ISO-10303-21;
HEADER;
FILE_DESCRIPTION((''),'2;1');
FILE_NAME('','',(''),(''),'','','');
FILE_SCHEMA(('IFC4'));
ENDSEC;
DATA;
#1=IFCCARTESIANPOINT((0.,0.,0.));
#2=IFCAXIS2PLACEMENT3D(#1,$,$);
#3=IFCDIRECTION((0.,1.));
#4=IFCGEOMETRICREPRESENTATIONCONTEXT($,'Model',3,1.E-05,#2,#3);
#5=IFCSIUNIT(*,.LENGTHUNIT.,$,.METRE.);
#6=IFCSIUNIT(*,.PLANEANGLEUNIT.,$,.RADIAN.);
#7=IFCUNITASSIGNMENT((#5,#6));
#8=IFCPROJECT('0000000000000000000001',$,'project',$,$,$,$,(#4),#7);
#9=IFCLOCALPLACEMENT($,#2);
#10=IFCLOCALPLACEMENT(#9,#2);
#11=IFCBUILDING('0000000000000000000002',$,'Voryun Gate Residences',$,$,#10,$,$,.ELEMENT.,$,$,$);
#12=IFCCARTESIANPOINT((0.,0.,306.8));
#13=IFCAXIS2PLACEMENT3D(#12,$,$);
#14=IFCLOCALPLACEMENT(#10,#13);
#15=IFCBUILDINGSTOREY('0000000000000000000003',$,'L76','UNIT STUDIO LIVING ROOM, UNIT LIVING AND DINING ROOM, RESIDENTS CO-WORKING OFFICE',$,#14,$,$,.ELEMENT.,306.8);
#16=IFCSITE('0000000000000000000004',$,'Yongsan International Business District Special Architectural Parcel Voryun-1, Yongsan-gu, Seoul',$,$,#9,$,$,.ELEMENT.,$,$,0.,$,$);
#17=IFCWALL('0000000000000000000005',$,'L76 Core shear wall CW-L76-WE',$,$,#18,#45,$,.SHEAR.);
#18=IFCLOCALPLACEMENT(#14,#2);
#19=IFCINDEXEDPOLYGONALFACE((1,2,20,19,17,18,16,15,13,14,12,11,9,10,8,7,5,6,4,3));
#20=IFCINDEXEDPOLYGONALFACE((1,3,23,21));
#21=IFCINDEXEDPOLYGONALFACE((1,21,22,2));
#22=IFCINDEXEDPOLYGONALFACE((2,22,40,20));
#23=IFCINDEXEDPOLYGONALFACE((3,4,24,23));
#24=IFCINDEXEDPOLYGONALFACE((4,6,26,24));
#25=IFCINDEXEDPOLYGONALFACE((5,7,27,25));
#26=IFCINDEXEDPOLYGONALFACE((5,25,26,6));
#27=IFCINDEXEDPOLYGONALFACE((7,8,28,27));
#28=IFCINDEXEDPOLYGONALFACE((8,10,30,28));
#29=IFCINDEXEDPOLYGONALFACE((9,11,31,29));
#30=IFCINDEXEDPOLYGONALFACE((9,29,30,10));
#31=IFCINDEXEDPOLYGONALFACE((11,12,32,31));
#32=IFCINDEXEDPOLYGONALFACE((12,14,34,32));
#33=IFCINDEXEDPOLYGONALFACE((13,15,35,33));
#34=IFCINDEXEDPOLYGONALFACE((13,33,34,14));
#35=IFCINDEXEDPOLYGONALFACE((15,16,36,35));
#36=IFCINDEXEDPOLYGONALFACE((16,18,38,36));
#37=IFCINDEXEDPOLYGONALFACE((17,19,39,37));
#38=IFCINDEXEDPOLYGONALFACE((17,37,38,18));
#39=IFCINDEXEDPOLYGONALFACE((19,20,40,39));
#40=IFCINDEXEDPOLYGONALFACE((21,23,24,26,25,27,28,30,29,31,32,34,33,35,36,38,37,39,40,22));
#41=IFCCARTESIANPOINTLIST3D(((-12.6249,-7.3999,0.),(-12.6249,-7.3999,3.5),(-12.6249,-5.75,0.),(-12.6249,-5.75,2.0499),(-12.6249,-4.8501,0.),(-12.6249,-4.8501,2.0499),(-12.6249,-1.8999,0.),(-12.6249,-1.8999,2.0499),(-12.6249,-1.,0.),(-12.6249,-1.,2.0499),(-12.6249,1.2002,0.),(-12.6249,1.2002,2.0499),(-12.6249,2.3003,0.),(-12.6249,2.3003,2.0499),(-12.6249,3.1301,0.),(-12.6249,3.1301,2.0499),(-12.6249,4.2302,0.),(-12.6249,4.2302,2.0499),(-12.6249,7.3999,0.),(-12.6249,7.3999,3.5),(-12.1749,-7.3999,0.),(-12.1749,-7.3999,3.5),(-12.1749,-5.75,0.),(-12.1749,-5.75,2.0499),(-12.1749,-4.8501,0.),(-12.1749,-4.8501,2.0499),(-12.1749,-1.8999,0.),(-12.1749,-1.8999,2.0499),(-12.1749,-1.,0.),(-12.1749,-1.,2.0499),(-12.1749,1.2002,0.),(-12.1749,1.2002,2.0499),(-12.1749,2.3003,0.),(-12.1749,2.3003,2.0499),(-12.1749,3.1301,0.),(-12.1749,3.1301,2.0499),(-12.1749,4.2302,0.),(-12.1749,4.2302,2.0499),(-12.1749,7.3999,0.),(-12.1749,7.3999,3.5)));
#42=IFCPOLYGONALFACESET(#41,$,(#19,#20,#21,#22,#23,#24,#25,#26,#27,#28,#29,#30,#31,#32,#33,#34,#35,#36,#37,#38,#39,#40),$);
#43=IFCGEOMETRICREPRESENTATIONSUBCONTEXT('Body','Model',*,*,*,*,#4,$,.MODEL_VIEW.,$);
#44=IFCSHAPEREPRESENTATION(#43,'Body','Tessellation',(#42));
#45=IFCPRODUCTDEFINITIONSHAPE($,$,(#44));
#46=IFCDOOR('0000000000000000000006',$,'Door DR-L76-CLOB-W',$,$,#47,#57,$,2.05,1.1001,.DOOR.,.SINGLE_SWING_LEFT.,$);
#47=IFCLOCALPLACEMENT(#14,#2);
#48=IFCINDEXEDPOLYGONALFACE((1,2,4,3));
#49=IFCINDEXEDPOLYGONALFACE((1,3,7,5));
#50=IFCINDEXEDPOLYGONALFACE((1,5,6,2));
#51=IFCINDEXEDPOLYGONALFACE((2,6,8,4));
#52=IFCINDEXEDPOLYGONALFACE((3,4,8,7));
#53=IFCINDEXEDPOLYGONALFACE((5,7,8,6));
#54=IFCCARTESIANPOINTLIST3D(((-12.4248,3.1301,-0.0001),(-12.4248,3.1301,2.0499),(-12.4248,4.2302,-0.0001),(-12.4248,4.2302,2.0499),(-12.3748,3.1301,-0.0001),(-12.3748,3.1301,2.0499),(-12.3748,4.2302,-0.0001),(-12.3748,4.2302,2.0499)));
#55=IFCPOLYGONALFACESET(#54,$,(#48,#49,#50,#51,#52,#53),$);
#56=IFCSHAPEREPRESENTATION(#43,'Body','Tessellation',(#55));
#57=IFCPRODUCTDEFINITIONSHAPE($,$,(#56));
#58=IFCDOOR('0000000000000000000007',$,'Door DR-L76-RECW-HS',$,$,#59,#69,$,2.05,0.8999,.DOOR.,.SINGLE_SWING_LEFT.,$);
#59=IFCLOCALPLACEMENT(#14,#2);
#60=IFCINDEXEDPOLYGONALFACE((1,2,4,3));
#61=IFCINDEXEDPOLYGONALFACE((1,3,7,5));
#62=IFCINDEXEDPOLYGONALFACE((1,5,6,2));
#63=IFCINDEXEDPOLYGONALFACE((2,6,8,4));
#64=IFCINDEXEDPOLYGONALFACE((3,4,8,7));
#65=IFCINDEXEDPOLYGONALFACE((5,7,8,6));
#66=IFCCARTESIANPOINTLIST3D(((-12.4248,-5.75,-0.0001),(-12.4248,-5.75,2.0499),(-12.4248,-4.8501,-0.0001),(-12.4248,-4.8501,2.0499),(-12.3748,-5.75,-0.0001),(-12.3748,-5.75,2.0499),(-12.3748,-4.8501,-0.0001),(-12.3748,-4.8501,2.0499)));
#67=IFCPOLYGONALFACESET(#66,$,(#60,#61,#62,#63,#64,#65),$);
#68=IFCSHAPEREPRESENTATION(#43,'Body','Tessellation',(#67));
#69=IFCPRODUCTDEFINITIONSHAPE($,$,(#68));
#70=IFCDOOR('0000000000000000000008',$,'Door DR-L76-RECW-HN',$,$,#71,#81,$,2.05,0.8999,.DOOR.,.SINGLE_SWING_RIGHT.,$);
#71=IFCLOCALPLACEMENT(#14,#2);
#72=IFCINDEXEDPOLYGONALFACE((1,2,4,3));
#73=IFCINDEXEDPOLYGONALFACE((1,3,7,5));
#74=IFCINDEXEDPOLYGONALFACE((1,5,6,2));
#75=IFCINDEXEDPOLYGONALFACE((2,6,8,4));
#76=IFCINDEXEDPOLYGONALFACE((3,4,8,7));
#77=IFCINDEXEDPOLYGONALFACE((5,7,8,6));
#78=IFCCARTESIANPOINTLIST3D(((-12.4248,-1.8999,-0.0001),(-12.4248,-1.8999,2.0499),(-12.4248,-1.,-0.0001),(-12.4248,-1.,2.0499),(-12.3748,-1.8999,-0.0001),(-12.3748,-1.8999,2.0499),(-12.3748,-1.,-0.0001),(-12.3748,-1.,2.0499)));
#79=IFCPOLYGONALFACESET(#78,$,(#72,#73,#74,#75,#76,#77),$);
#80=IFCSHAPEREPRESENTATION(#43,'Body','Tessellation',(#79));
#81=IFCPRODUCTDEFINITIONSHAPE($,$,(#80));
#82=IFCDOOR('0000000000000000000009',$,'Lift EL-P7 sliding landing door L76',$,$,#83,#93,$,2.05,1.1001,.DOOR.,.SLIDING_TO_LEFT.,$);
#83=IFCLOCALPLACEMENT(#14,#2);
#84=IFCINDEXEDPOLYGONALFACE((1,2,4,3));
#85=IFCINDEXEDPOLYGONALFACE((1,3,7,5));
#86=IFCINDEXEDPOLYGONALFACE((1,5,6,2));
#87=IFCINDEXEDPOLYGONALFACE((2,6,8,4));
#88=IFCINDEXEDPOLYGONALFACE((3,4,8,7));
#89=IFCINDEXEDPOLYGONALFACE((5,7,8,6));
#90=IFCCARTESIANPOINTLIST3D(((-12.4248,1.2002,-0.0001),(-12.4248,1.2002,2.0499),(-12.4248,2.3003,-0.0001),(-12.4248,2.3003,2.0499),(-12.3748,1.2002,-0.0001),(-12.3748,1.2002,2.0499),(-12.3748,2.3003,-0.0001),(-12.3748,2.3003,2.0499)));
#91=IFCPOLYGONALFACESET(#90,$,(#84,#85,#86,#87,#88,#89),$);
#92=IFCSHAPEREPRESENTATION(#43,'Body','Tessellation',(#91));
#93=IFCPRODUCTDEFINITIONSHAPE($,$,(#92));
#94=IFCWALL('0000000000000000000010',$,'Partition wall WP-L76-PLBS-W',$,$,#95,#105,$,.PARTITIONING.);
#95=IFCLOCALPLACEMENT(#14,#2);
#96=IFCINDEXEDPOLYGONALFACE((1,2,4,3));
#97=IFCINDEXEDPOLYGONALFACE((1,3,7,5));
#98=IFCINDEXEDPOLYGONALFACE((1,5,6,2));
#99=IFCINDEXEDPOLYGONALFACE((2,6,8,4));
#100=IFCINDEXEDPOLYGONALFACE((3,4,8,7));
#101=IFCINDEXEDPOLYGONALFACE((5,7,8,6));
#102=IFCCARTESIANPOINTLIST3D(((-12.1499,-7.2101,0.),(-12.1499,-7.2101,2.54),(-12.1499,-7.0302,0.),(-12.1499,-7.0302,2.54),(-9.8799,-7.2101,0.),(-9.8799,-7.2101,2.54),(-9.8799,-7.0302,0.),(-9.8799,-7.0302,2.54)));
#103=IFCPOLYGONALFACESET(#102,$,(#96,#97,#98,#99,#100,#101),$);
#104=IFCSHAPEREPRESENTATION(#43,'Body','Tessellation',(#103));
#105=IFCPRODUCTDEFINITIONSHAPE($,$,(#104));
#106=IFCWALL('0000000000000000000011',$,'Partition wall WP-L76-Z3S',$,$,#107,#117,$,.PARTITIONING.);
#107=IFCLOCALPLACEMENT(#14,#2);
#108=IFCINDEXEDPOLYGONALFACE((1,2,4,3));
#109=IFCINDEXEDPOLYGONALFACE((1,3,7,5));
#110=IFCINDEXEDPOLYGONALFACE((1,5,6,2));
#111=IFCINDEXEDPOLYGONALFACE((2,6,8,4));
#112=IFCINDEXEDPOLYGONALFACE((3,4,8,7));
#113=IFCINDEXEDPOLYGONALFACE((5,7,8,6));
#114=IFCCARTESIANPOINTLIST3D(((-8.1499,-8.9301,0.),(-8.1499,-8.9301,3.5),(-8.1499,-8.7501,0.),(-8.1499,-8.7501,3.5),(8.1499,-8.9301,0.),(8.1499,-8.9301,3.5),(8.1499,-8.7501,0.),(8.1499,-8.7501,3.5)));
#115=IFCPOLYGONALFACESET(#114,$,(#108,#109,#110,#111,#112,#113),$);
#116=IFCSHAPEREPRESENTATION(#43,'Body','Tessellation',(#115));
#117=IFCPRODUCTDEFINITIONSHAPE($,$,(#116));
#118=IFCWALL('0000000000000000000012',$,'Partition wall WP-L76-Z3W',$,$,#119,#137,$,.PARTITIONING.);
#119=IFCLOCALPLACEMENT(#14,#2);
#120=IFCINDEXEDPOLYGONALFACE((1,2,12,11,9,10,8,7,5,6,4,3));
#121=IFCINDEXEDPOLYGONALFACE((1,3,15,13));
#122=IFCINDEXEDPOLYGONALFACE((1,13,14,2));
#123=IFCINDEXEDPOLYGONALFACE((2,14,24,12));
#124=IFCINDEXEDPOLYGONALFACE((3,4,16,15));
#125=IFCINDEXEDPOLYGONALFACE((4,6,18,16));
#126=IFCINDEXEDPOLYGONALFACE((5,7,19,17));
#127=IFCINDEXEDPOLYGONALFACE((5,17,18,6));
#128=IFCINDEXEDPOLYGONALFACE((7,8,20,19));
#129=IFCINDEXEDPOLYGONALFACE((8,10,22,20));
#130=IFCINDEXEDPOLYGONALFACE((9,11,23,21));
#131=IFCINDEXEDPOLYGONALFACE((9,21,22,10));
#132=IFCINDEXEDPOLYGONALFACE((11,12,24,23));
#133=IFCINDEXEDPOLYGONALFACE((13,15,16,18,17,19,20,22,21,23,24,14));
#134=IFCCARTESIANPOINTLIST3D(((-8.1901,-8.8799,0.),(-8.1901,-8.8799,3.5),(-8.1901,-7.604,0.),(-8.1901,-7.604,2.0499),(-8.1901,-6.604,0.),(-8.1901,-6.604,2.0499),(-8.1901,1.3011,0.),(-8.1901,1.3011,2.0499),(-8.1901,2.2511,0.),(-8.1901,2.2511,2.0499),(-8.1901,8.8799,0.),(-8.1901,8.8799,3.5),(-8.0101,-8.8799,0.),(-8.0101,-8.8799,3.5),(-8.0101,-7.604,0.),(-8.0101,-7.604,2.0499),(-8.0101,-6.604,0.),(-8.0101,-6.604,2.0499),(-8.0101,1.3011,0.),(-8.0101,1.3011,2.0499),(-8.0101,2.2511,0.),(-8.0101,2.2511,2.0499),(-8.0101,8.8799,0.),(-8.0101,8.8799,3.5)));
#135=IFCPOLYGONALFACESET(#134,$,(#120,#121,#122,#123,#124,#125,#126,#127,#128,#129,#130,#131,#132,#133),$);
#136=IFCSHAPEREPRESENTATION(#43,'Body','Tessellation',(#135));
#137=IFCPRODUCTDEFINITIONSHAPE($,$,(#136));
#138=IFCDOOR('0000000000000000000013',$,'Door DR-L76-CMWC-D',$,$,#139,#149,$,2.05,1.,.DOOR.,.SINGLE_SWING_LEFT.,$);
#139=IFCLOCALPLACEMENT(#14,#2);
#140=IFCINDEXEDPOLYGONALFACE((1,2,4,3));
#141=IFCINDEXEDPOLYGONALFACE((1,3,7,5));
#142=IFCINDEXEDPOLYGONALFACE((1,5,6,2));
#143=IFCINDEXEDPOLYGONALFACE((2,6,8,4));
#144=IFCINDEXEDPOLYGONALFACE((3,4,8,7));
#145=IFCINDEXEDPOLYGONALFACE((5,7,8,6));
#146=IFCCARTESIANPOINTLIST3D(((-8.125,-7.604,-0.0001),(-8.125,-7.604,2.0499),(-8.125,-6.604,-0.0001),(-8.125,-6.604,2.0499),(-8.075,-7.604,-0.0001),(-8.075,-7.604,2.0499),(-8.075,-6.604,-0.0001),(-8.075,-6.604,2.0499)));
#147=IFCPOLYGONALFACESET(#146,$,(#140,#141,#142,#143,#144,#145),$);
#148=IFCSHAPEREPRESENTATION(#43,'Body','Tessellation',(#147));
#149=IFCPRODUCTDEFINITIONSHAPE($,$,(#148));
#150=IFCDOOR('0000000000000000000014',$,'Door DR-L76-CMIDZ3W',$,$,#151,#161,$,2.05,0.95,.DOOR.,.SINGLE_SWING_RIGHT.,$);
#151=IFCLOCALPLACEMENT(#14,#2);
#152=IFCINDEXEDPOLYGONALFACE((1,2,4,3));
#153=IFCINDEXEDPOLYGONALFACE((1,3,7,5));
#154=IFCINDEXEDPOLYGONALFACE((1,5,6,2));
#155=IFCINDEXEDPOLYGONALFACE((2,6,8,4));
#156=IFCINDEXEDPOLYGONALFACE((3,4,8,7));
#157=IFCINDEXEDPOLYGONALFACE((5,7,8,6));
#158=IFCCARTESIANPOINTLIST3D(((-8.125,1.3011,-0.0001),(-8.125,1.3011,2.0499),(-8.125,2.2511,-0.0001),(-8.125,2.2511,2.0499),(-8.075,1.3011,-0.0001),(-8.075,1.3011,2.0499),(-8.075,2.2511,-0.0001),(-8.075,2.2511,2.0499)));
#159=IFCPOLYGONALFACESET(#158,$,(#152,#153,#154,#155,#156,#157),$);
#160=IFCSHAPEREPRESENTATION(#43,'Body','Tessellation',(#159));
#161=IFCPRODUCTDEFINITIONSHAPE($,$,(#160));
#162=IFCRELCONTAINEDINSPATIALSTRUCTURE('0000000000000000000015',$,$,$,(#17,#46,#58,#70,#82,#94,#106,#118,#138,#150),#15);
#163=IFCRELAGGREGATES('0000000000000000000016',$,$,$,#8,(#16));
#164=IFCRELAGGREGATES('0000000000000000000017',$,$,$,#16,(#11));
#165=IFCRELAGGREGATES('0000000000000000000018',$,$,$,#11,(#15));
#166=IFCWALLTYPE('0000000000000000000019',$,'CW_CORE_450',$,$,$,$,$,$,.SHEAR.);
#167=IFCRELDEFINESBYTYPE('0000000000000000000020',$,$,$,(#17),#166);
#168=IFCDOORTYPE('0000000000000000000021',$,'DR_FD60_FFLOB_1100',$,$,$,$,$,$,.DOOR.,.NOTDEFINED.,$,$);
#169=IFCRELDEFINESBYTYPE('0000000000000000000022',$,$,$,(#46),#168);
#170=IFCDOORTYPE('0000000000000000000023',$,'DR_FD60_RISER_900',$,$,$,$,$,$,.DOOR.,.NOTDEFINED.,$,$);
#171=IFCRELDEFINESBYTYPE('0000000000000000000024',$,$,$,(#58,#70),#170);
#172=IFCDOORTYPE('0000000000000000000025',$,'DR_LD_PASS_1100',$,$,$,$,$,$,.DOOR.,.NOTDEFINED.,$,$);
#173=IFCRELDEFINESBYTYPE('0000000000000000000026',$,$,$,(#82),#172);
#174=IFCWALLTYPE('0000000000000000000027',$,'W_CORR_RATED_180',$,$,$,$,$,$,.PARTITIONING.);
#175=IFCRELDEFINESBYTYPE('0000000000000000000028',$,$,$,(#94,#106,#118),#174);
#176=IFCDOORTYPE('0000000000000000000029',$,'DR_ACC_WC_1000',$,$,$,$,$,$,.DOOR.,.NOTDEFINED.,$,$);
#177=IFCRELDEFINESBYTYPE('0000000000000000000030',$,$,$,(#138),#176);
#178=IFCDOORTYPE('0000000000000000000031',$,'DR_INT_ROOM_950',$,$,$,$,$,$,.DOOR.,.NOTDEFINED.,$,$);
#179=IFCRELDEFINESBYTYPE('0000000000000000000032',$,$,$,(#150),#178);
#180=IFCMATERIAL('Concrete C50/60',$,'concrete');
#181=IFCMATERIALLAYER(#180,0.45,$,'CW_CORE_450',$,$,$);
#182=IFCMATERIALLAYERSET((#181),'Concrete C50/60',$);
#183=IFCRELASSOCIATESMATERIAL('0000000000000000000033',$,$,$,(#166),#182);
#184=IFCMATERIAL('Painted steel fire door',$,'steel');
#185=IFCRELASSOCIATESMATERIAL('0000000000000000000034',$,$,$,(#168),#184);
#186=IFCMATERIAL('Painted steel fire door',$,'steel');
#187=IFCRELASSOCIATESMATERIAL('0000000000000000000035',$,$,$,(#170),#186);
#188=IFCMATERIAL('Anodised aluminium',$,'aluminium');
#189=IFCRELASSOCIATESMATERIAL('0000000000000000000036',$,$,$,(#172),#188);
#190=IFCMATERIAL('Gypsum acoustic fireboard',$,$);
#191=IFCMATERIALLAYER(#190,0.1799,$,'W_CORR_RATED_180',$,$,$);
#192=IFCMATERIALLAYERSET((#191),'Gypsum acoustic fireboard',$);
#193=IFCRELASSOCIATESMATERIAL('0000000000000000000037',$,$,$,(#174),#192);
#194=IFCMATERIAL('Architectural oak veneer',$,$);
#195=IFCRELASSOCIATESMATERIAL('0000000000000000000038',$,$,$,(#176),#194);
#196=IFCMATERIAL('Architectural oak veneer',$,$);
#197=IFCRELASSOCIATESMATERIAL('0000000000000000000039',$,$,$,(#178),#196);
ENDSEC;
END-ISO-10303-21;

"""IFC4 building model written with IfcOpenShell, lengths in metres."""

from ifc_helpers import new_model, si_unit, direction, frame, frame_2d, origin, place, context, subcontext, project, spatial, rectangle, extrude, material, layer, layer_set, type_object, element, fill, save


model = new_model("IFC4")

# Units and contexts
model_context = context("Model", 3, precision=1e-05, world=origin(), true_north=direction((0.0, 1.0)))
body_context = subcontext(model_context, "Body", "Model", "MODEL_VIEW")
ifc_project = project(units=[si_unit("LENGTHUNIT", "METRE"), si_unit("PLANEANGLEUNIT", "RADIAN")], contexts=[model_context])

# Site, building, storey
site_placement = place(None, origin())
site = spatial("IfcSite", under=ifc_project, at=site_placement, Name="Yongsan International Business District Special Architectural Parcel Voryun-1, Yongsan-gu, Seoul", CompositionType="ELEMENT", RefElevation=0.0)
building_placement = place(site_placement, origin())
building = spatial("IfcBuilding", under=site, at=building_placement, Name="Voryun Gate Residences", CompositionType="ELEMENT")
storey_placement = place(building_placement, frame((0.0, 0.0, 306.8)))
storey = spatial("IfcBuildingStorey", under=building, at=storey_placement, Name="L76", Description="UNIT STUDIO LIVING ROOM, UNIT LIVING AND DINING ROOM, RESIDENTS CO-WORKING OFFICE", CompositionType="ELEMENT", Elevation=306.8)

# Wall, openings, doors
ifc_material_1 = material(Name="Concrete C50/60", Category="concrete")
ifc_layer_1 = layer(ifc_material_1, 0.45, Name="CW_CORE_450")
ifc_layer_set_1 = layer_set([ifc_layer_1], Name="Concrete C50/60")
wall_type_1 = type_object("IfcWallType", Name="CW_CORE_450", PredefinedType="SHEAR", material=ifc_layer_set_1)
wall_1_placement = place(storey_placement, frame((-12.3999, -7.3999, 0.0), z_axis=(0.0, 0.0, 1.0), x_axis=(0.0, 1.0, 0.0)))
wall_1 = element("IfcWall", 1, at=wall_1_placement, inside=storey, type_object=wall_type_1, Name="L76 Core shear wall CW-L76-WE", PredefinedType="SHEAR", context=body_context, shape_type="SweptSolid", body=[
    extrude(rectangle(XDim=14.7998, YDim=0.45, at=frame_2d((7.3999, 0.0))), origin(), (0.0, 0.0, 1.0), 3.5),
])
opening_1_placement = place(wall_1_placement, frame((8.6001, 0.0, 0.0)))
opening_1 = element("IfcOpeningElement", 2, at=opening_1_placement, cuts=wall_1, PredefinedType="OPENING", context=body_context, shape_type="SweptSolid", body=[
    extrude(rectangle(XDim=1.1001, YDim=2.05, at=frame_2d((0.55, 1.0249))), frame((0.0, 0.2351, 0.0), z_axis=(0.0, -1.0, 0.0), x_axis=(1.0, 0.0, 0.0)), (0.0, 0.0, 1.0), 0.47),
])
opening_2_placement = place(wall_1_placement, frame((10.53, 0.0, 0.0)))
opening_2 = element("IfcOpeningElement", 3, at=opening_2_placement, cuts=wall_1, PredefinedType="OPENING", context=body_context, shape_type="SweptSolid", body=[
    extrude(rectangle(XDim=1.1001, YDim=2.05, at=frame_2d((0.55, 1.0249))), frame((0.0, 0.2351, 0.0), z_axis=(0.0, -1.0, 0.0), x_axis=(1.0, 0.0, 0.0)), (0.0, 0.0, 1.0), 0.47),
])
opening_3_placement = place(wall_1_placement, frame((1.6499, 0.0, 0.0)))
opening_3 = element("IfcOpeningElement", 4, at=opening_3_placement, cuts=wall_1, PredefinedType="OPENING", context=body_context, shape_type="SweptSolid", body=[
    extrude(rectangle(XDim=0.8999, YDim=2.05, at=frame_2d((0.45, 1.0249))), frame((0.0, 0.2351, 0.0), z_axis=(0.0, -1.0, 0.0), x_axis=(1.0, 0.0, 0.0)), (0.0, 0.0, 1.0), 0.47),
])
opening_4_placement = place(wall_1_placement, frame((5.5, 0.0, 0.0)))
opening_4 = element("IfcOpeningElement", 5, at=opening_4_placement, cuts=wall_1, PredefinedType="OPENING", context=body_context, shape_type="SweptSolid", body=[
    extrude(rectangle(XDim=0.8999, YDim=2.05, at=frame_2d((0.45, 1.0249))), frame((0.0, 0.2351, 0.0), z_axis=(0.0, -1.0, 0.0), x_axis=(1.0, 0.0, 0.0)), (0.0, 0.0, 1.0), 0.47),
])
ifc_material_2 = material(Name="Painted steel fire door", Category="steel")
door_type_1 = type_object("IfcDoorType", Name="DR_FD60_FFLOB_1100", OperationType="NOTDEFINED", PredefinedType="DOOR", material=ifc_material_2)
door_1_placement = place(opening_2_placement, origin())
door_1 = element("IfcDoor", 6, at=door_1_placement, inside=storey, type_object=door_type_1, Name="Door DR-L76-CLOB-W", OperationType="SINGLE_SWING_LEFT", OverallHeight=2.05, OverallWidth=1.1001, PredefinedType="DOOR", context=body_context, shape_type="SweptSolid", body=[
    extrude(rectangle(XDim=1.1001, YDim=2.05, at=frame_2d((0.55, 1.0249))), frame((0.0, 0.0249, 0.0), z_axis=(0.0, -1.0, 0.0), x_axis=(1.0, 0.0, 0.0)), (0.0, 0.0, 1.0), 0.05),
])
fill(opening_2, door_1)
ifc_material_3 = material(Name="Painted steel fire door", Category="steel")
door_type_2 = type_object("IfcDoorType", Name="DR_FD60_RISER_900", OperationType="NOTDEFINED", PredefinedType="DOOR", material=ifc_material_3)
door_2_placement = place(opening_3_placement, origin())
door_2 = element("IfcDoor", 7, at=door_2_placement, inside=storey, type_object=door_type_2, Name="Door DR-L76-RECW-HS", OperationType="SINGLE_SWING_LEFT", OverallHeight=2.05, OverallWidth=0.8999, PredefinedType="DOOR", context=body_context, shape_type="SweptSolid", body=[
    extrude(rectangle(XDim=0.8999, YDim=2.05, at=frame_2d((0.45, 1.0249))), frame((0.0, 0.0249, 0.0), z_axis=(0.0, -1.0, 0.0), x_axis=(1.0, 0.0, 0.0)), (0.0, 0.0, 1.0), 0.05),
])
fill(opening_3, door_2)
door_3_placement = place(opening_4_placement, origin())
door_3 = element("IfcDoor", 8, at=door_3_placement, inside=storey, type_object=door_type_2, Name="Door DR-L76-RECW-HN", OperationType="SINGLE_SWING_RIGHT", OverallHeight=2.05, OverallWidth=0.8999, PredefinedType="DOOR", context=body_context, shape_type="SweptSolid", body=[
    extrude(rectangle(XDim=0.8999, YDim=2.05, at=frame_2d((0.45, 1.0249))), frame((0.0, 0.0249, 0.0), z_axis=(0.0, -1.0, 0.0), x_axis=(1.0, 0.0, 0.0)), (0.0, 0.0, 1.0), 0.05),
])
fill(opening_4, door_3)
ifc_material_4 = material(Name="Anodised aluminium", Category="aluminium")
door_type_3 = type_object("IfcDoorType", Name="DR_LD_PASS_1100", OperationType="NOTDEFINED", PredefinedType="DOOR", material=ifc_material_4)
door_4_placement = place(opening_1_placement, origin())
door_4 = element("IfcDoor", 9, at=door_4_placement, inside=storey, type_object=door_type_3, Name="Lift EL-P7 sliding landing door L76", OperationType="SLIDING_TO_LEFT", OverallHeight=2.05, OverallWidth=1.1001, PredefinedType="DOOR", context=body_context, shape_type="SweptSolid", body=[
    extrude(rectangle(XDim=1.1001, YDim=2.05, at=frame_2d((0.55, 1.0249))), frame((0.0, 0.0249, 0.0), z_axis=(0.0, -1.0, 0.0), x_axis=(1.0, 0.0, 0.0)), (0.0, 0.0, 1.0), 0.05),
])
fill(opening_1, door_4)

# Walls
ifc_material_5 = material(Name="Gypsum acoustic fireboard")
ifc_layer_2 = layer(ifc_material_5, 0.1799, Name="W_CORR_RATED_180")
ifc_layer_set_2 = layer_set([ifc_layer_2], Name="Gypsum acoustic fireboard")
wall_type_2 = type_object("IfcWallType", Name="W_CORR_RATED_180", PredefinedType="PARTITIONING", material=ifc_layer_set_2)
wall_2_placement = place(storey_placement, frame((-12.1499, -7.1201, 0.0), z_axis=(0.0, 0.0, 1.0), x_axis=(1.0, 0.0, 0.0)))
element("IfcWall", 10, at=wall_2_placement, inside=storey, type_object=wall_type_2, Name="Partition wall WP-L76-PLBS-W", PredefinedType="PARTITIONING", context=body_context, shape_type="SweptSolid", body=[
    extrude(rectangle(XDim=2.27, YDim=0.1799, at=frame_2d((1.135, 0.0))), origin(), (0.0, 0.0, 1.0), 2.54),
])
wall_3_placement = place(storey_placement, frame((-8.1499, -8.8401, 0.0), z_axis=(0.0, 0.0, 1.0), x_axis=(1.0, 0.0, 0.0)))
element("IfcWall", 11, at=wall_3_placement, inside=storey, type_object=wall_type_2, Name="Partition wall WP-L76-Z3S", PredefinedType="PARTITIONING", context=body_context, shape_type="SweptSolid", body=[
    extrude(rectangle(XDim=16.2998, YDim=0.1799, at=frame_2d((8.1499, 0.0))), origin(), (0.0, 0.0, 1.0), 3.5),
])

# Wall, openings, doors
wall_4_placement = place(storey_placement, frame((-8.1001, -8.8799, 0.0), z_axis=(0.0, 0.0, 1.0), x_axis=(0.0, 1.0, 0.0)))
wall_4 = element("IfcWall", 12, at=wall_4_placement, inside=storey, type_object=wall_type_2, Name="Partition wall WP-L76-Z3W", PredefinedType="PARTITIONING", context=body_context, shape_type="SweptSolid", body=[
    extrude(rectangle(XDim=17.7598, YDim=0.1799, at=frame_2d((8.8799, 0.0))), origin(), (0.0, 0.0, 1.0), 3.5),
])
opening_5_placement = place(wall_4_placement, frame((1.2759, 0.0, 0.0)))
opening_5 = element("IfcOpeningElement", 13, at=opening_5_placement, cuts=wall_4, PredefinedType="OPENING", context=body_context, shape_type="SweptSolid", body=[
    extrude(rectangle(XDim=1.0, YDim=2.05, at=frame_2d((0.5, 1.0249))), frame((0.0, 0.0999, 0.0), z_axis=(0.0, -1.0, 0.0), x_axis=(1.0, 0.0, 0.0)), (0.0, 0.0, 1.0), 0.2),
])
opening_6_placement = place(wall_4_placement, frame((10.1809, 0.0, 0.0)))
opening_6 = element("IfcOpeningElement", 14, at=opening_6_placement, cuts=wall_4, PredefinedType="OPENING", context=body_context, shape_type="SweptSolid", body=[
    extrude(rectangle(XDim=0.95, YDim=2.05, at=frame_2d((0.4751, 1.0249))), frame((0.0, 0.0999, 0.0), z_axis=(0.0, -1.0, 0.0), x_axis=(1.0, 0.0, 0.0)), (0.0, 0.0, 1.0), 0.2),
])
ifc_material_6 = material(Name="Architectural oak veneer")
door_type_4 = type_object("IfcDoorType", Name="DR_ACC_WC_1000", OperationType="NOTDEFINED", PredefinedType="DOOR", material=ifc_material_6)
door_5_placement = place(opening_5_placement, origin())
door_5 = element("IfcDoor", 15, at=door_5_placement, inside=storey, type_object=door_type_4, Name="Door DR-L76-CMWC-D", OperationType="SINGLE_SWING_LEFT", OverallHeight=2.05, OverallWidth=1.0, PredefinedType="DOOR", context=body_context, shape_type="SweptSolid", body=[
    extrude(rectangle(XDim=1.0, YDim=2.05, at=frame_2d((0.5, 1.0249))), frame((0.0, 0.0249, 0.0), z_axis=(0.0, -1.0, 0.0), x_axis=(1.0, 0.0, 0.0)), (0.0, 0.0, 1.0), 0.05),
])
fill(opening_5, door_5)
ifc_material_7 = material(Name="Architectural oak veneer")
door_type_5 = type_object("IfcDoorType", Name="DR_INT_ROOM_950", OperationType="NOTDEFINED", PredefinedType="DOOR", material=ifc_material_7)
door_6_placement = place(opening_6_placement, origin())
door_6 = element("IfcDoor", 16, at=door_6_placement, inside=storey, type_object=door_type_5, Name="Door DR-L76-CMIDZ3W", OperationType="SINGLE_SWING_RIGHT", OverallHeight=2.05, OverallWidth=0.95, PredefinedType="DOOR", context=body_context, shape_type="SweptSolid", body=[
    extrude(rectangle(XDim=0.95, YDim=2.05, at=frame_2d((0.4751, 1.0249))), frame((0.0, 0.0249, 0.0), z_axis=(0.0, -1.0, 0.0), x_axis=(1.0, 0.0, 0.0)), (0.0, 0.0, 1.0), 0.05),
])
fill(opening_6, door_6)

save(model, "model.ifc")
